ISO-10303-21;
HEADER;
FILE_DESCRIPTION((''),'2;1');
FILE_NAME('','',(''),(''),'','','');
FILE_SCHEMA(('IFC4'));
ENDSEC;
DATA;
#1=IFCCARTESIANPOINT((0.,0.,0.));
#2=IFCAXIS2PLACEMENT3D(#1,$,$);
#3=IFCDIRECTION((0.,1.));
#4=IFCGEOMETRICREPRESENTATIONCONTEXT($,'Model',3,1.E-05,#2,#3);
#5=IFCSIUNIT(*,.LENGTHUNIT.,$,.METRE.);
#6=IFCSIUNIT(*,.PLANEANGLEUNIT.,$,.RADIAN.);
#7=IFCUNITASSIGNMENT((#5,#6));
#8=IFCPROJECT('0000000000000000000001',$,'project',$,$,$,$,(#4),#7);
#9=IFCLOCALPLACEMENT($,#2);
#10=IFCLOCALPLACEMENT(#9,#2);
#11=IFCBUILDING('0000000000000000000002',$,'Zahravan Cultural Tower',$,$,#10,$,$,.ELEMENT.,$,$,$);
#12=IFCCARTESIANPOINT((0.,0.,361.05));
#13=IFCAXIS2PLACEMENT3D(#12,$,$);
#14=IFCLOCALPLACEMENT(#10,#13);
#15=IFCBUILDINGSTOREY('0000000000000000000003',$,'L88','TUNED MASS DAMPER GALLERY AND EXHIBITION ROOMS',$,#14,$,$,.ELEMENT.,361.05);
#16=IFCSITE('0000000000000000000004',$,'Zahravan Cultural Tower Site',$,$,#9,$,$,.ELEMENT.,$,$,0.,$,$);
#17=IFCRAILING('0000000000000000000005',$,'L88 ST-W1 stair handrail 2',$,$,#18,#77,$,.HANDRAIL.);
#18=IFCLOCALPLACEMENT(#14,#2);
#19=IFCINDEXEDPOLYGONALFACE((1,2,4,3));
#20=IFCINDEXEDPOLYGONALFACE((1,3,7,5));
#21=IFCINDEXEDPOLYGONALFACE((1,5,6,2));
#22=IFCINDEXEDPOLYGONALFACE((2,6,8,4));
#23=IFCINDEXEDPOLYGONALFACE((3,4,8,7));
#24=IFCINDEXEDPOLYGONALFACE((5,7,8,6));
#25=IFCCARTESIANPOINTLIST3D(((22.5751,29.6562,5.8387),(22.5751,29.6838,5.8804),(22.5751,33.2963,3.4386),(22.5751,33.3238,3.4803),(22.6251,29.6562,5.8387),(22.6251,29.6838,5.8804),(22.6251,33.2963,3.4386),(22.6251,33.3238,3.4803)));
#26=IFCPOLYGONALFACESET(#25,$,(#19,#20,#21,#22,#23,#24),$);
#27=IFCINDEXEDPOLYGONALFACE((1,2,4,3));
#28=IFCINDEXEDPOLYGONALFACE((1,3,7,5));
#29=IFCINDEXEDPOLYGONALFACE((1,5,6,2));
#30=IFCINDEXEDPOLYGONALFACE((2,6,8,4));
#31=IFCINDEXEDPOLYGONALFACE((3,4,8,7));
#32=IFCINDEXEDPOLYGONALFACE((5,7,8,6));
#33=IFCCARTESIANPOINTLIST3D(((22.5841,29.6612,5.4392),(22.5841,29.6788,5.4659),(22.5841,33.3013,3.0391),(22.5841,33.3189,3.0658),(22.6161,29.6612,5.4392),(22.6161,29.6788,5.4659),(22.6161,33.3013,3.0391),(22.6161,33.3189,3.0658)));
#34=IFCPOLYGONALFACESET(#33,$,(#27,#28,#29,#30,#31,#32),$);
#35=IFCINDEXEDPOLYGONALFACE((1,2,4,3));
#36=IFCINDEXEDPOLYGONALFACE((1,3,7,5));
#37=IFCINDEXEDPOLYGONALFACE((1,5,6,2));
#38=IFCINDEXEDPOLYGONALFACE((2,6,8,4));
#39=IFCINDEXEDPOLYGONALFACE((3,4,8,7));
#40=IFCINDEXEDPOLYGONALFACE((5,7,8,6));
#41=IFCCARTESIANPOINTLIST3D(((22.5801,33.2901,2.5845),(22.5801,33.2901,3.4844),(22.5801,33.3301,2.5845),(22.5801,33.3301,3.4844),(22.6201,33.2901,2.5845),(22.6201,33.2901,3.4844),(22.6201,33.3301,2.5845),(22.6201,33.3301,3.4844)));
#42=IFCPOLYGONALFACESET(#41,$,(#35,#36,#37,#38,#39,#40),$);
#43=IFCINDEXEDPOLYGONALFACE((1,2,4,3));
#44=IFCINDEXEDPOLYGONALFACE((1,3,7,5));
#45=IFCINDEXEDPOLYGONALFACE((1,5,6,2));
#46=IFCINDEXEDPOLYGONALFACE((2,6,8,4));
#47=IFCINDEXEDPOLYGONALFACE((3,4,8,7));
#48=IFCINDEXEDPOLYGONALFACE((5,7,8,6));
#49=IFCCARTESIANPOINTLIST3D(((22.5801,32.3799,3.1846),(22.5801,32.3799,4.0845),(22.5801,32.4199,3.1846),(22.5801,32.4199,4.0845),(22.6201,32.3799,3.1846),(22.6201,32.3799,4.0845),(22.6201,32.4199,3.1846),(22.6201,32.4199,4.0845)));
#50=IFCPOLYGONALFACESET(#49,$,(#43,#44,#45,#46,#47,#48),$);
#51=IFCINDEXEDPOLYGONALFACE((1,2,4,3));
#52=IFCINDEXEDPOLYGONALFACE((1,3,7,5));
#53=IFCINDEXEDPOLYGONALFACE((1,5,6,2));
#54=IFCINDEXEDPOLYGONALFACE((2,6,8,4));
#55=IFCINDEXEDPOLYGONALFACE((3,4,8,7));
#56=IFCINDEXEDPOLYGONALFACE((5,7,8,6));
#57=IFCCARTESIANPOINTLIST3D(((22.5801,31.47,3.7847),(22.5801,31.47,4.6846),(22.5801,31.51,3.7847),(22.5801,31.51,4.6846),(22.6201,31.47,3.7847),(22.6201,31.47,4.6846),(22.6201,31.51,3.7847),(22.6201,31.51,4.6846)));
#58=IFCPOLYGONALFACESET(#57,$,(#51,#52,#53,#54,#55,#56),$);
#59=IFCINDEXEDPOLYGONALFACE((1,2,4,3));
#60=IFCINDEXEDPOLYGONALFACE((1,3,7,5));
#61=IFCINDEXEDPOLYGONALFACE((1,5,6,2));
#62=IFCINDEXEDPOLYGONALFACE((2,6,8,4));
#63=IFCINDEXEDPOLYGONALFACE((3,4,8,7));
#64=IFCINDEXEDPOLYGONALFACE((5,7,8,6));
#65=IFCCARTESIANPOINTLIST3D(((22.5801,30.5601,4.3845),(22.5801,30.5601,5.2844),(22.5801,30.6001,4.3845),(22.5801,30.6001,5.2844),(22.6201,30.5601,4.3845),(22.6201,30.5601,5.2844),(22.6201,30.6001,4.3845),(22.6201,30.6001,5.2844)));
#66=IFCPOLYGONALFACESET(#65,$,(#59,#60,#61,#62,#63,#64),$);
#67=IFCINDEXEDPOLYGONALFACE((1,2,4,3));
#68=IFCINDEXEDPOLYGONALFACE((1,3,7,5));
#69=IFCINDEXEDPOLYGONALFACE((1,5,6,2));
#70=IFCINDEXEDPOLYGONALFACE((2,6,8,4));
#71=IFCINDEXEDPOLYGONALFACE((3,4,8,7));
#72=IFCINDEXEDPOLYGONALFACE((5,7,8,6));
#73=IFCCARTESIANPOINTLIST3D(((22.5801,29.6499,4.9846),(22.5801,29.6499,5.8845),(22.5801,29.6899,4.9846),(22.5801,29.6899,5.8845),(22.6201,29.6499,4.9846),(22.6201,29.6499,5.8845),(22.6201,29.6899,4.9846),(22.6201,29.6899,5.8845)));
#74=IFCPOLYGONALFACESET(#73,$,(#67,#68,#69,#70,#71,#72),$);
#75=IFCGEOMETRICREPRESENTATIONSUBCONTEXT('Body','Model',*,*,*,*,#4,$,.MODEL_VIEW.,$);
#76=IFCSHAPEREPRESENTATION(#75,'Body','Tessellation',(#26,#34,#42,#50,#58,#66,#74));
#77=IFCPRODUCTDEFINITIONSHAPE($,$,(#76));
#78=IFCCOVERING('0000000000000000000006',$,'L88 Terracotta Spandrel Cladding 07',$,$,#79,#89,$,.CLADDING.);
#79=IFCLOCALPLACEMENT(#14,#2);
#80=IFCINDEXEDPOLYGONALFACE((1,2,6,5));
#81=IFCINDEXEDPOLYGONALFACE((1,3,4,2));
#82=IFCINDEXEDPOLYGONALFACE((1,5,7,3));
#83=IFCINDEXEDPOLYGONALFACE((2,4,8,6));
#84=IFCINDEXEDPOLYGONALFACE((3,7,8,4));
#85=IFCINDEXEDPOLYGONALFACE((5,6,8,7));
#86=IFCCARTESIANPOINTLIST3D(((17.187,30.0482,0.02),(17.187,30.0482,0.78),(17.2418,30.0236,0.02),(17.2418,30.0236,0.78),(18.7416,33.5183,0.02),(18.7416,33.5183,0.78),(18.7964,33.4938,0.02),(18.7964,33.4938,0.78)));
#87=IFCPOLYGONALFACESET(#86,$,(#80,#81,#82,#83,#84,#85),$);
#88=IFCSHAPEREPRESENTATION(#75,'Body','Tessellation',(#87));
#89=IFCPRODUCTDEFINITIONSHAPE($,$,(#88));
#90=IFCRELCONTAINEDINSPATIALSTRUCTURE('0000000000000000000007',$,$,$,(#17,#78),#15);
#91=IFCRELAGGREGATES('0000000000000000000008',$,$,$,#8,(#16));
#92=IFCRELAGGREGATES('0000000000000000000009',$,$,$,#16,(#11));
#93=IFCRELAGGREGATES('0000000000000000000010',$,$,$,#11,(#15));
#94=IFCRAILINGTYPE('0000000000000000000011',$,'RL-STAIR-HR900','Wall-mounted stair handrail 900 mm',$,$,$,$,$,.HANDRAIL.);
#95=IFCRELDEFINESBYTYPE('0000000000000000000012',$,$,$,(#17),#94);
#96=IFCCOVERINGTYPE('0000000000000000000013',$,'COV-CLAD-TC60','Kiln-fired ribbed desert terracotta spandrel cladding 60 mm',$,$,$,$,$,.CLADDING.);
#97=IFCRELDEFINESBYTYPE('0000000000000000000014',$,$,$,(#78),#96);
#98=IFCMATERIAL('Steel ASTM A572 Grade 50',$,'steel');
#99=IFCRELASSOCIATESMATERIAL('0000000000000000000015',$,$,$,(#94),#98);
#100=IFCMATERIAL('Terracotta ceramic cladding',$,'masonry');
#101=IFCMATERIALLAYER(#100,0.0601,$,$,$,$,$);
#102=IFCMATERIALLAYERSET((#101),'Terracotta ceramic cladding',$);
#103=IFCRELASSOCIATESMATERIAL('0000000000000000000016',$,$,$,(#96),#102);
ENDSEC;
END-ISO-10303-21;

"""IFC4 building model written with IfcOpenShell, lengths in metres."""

from ifc_helpers import new_model, si_unit, direction, frame, origin, origin_2d, place, context, subcontext, project, spatial, rectangle, extrude, source, transform, mapped, material, layer, layer_set, type_object, element, save


model = new_model("IFC4")

# Units and contexts
model_context = context("Model", 3, precision=1e-05, world=origin(), true_north=direction((0.0, 1.0)))
body_context = subcontext(model_context, "Body", "Model", "MODEL_VIEW")
ifc_project = project(units=[si_unit("LENGTHUNIT", "METRE"), si_unit("PLANEANGLEUNIT", "RADIAN")], contexts=[model_context])

# Site, building, storey
site_placement = place(None, origin())
site = spatial("IfcSite", under=ifc_project, at=site_placement, Name="Zahravan Cultural Tower Site", CompositionType="ELEMENT", RefElevation=0.0)
building_placement = place(site_placement, origin())
building = spatial("IfcBuilding", under=site, at=building_placement, Name="Zahravan Cultural Tower", CompositionType="ELEMENT")
storey_placement = place(building_placement, frame((0.0, 0.0, 361.05)))
storey = spatial("IfcBuildingStorey", under=building, at=storey_placement, Name="L88", Description="TUNED MASS DAMPER GALLERY AND EXHIBITION ROOMS", CompositionType="ELEMENT", Elevation=361.05)

# Shared definitions
ifc_material_1 = material(Name="Steel ASTM A572 Grade 50", Category="steel")

# Railing
railing_type_1 = type_object("IfcRailingType", Name="RL-STAIR-HR900", Description="Wall-mounted stair handrail 900 mm", PredefinedType="HANDRAIL", material=ifc_material_1)
railing_1_placement = place(storey_placement, frame((22.6001, 33.3101, 2.5845)))
element("IfcRailing", 1, at=railing_1_placement, inside=storey, type_object=railing_type_1, Name="L88 ST-W1 stair handrail 2", PredefinedType="HANDRAIL", context=body_context, shape_type="SweptSolid", body=[
    extrude(rectangle(XDim=0.05, YDim=0.05, at=origin_2d()), frame((0.0, 0.0, 0.875), z_axis=(0.0, -0.834856, 0.550468), x_axis=(1.0, 0.0, 0.0)), (0.0, 0.0, 1.0), 4.3601),
    extrude(rectangle(XDim=0.032, YDim=0.032, at=origin_2d()), frame((0.0, 0.0, 0.468), z_axis=(0.0, -0.834856, 0.550468), x_axis=(1.0, 0.0, 0.0)), (0.0, 0.0, 1.0), 4.3601),
    extrude(rectangle(XDim=0.04, YDim=0.04, at=origin_2d()), origin(), (0.0, 0.0, 1.0), 0.8999),
    extrude(rectangle(XDim=0.04, YDim=0.04, at=origin_2d()), frame((0.0, -0.9102, 0.6001)), (0.0, 0.0, 1.0), 0.8999),
    extrude(rectangle(XDim=0.04, YDim=0.04, at=origin_2d()), frame((0.0, -1.8201, 1.2002)), (0.0, 0.0, 1.0), 0.8999),
    extrude(rectangle(XDim=0.04, YDim=0.04, at=origin_2d()), frame((0.0, -2.73, 1.8)), (0.0, 0.0, 1.0), 0.8999),
    extrude(rectangle(XDim=0.04, YDim=0.04, at=origin_2d()), frame((0.0, -3.6401, 2.4001)), (0.0, 0.0, 1.0), 0.8999),
])

# Covering
ifc_material_2 = material(Name="Terracotta ceramic cladding", Category="masonry")
ifc_layer_1 = layer(ifc_material_2, 0.0601)
ifc_layer_set_1 = layer_set([ifc_layer_1], Name="Terracotta ceramic cladding")
covering_type = type_object("IfcCoveringType", Name="COV-CLAD-TC60", Description="Kiln-fired ribbed desert terracotta spandrel cladding 60 mm", PredefinedType="CLADDING", material=ifc_layer_set_1)
shared_shape_1 = source(origin(), body_context, "Body", "SweptSolid", [
    extrude(rectangle(XDim=3.8025, YDim=0.0601, at=origin_2d()), origin(), (0.0, 0.0, 1.0), 0.76),
])
covering_placement = place(storey_placement, frame((17.9917, 31.771, 0.02), z_axis=(0.0, 0.0, 1.0), x_axis=(0.408856, 0.912599, 0.0)))
element("IfcCovering", 2, at=covering_placement, inside=storey, type_object=covering_type, Name="L88 Terracotta Spandrel Cladding 07", PredefinedType="CLADDING", context=body_context, shape_type="MappedRepresentation", body=[
    mapped(shared_shape_1, transform((0.0, 0.0, 0.0), x_axis=(1.0, 0.0, 0.0), y_axis=(0.0, 1.0, 0.0), z_axis=(0.0, 0.0, 1.0), scale=1.0)),
])

save(model, "model.ifc")
